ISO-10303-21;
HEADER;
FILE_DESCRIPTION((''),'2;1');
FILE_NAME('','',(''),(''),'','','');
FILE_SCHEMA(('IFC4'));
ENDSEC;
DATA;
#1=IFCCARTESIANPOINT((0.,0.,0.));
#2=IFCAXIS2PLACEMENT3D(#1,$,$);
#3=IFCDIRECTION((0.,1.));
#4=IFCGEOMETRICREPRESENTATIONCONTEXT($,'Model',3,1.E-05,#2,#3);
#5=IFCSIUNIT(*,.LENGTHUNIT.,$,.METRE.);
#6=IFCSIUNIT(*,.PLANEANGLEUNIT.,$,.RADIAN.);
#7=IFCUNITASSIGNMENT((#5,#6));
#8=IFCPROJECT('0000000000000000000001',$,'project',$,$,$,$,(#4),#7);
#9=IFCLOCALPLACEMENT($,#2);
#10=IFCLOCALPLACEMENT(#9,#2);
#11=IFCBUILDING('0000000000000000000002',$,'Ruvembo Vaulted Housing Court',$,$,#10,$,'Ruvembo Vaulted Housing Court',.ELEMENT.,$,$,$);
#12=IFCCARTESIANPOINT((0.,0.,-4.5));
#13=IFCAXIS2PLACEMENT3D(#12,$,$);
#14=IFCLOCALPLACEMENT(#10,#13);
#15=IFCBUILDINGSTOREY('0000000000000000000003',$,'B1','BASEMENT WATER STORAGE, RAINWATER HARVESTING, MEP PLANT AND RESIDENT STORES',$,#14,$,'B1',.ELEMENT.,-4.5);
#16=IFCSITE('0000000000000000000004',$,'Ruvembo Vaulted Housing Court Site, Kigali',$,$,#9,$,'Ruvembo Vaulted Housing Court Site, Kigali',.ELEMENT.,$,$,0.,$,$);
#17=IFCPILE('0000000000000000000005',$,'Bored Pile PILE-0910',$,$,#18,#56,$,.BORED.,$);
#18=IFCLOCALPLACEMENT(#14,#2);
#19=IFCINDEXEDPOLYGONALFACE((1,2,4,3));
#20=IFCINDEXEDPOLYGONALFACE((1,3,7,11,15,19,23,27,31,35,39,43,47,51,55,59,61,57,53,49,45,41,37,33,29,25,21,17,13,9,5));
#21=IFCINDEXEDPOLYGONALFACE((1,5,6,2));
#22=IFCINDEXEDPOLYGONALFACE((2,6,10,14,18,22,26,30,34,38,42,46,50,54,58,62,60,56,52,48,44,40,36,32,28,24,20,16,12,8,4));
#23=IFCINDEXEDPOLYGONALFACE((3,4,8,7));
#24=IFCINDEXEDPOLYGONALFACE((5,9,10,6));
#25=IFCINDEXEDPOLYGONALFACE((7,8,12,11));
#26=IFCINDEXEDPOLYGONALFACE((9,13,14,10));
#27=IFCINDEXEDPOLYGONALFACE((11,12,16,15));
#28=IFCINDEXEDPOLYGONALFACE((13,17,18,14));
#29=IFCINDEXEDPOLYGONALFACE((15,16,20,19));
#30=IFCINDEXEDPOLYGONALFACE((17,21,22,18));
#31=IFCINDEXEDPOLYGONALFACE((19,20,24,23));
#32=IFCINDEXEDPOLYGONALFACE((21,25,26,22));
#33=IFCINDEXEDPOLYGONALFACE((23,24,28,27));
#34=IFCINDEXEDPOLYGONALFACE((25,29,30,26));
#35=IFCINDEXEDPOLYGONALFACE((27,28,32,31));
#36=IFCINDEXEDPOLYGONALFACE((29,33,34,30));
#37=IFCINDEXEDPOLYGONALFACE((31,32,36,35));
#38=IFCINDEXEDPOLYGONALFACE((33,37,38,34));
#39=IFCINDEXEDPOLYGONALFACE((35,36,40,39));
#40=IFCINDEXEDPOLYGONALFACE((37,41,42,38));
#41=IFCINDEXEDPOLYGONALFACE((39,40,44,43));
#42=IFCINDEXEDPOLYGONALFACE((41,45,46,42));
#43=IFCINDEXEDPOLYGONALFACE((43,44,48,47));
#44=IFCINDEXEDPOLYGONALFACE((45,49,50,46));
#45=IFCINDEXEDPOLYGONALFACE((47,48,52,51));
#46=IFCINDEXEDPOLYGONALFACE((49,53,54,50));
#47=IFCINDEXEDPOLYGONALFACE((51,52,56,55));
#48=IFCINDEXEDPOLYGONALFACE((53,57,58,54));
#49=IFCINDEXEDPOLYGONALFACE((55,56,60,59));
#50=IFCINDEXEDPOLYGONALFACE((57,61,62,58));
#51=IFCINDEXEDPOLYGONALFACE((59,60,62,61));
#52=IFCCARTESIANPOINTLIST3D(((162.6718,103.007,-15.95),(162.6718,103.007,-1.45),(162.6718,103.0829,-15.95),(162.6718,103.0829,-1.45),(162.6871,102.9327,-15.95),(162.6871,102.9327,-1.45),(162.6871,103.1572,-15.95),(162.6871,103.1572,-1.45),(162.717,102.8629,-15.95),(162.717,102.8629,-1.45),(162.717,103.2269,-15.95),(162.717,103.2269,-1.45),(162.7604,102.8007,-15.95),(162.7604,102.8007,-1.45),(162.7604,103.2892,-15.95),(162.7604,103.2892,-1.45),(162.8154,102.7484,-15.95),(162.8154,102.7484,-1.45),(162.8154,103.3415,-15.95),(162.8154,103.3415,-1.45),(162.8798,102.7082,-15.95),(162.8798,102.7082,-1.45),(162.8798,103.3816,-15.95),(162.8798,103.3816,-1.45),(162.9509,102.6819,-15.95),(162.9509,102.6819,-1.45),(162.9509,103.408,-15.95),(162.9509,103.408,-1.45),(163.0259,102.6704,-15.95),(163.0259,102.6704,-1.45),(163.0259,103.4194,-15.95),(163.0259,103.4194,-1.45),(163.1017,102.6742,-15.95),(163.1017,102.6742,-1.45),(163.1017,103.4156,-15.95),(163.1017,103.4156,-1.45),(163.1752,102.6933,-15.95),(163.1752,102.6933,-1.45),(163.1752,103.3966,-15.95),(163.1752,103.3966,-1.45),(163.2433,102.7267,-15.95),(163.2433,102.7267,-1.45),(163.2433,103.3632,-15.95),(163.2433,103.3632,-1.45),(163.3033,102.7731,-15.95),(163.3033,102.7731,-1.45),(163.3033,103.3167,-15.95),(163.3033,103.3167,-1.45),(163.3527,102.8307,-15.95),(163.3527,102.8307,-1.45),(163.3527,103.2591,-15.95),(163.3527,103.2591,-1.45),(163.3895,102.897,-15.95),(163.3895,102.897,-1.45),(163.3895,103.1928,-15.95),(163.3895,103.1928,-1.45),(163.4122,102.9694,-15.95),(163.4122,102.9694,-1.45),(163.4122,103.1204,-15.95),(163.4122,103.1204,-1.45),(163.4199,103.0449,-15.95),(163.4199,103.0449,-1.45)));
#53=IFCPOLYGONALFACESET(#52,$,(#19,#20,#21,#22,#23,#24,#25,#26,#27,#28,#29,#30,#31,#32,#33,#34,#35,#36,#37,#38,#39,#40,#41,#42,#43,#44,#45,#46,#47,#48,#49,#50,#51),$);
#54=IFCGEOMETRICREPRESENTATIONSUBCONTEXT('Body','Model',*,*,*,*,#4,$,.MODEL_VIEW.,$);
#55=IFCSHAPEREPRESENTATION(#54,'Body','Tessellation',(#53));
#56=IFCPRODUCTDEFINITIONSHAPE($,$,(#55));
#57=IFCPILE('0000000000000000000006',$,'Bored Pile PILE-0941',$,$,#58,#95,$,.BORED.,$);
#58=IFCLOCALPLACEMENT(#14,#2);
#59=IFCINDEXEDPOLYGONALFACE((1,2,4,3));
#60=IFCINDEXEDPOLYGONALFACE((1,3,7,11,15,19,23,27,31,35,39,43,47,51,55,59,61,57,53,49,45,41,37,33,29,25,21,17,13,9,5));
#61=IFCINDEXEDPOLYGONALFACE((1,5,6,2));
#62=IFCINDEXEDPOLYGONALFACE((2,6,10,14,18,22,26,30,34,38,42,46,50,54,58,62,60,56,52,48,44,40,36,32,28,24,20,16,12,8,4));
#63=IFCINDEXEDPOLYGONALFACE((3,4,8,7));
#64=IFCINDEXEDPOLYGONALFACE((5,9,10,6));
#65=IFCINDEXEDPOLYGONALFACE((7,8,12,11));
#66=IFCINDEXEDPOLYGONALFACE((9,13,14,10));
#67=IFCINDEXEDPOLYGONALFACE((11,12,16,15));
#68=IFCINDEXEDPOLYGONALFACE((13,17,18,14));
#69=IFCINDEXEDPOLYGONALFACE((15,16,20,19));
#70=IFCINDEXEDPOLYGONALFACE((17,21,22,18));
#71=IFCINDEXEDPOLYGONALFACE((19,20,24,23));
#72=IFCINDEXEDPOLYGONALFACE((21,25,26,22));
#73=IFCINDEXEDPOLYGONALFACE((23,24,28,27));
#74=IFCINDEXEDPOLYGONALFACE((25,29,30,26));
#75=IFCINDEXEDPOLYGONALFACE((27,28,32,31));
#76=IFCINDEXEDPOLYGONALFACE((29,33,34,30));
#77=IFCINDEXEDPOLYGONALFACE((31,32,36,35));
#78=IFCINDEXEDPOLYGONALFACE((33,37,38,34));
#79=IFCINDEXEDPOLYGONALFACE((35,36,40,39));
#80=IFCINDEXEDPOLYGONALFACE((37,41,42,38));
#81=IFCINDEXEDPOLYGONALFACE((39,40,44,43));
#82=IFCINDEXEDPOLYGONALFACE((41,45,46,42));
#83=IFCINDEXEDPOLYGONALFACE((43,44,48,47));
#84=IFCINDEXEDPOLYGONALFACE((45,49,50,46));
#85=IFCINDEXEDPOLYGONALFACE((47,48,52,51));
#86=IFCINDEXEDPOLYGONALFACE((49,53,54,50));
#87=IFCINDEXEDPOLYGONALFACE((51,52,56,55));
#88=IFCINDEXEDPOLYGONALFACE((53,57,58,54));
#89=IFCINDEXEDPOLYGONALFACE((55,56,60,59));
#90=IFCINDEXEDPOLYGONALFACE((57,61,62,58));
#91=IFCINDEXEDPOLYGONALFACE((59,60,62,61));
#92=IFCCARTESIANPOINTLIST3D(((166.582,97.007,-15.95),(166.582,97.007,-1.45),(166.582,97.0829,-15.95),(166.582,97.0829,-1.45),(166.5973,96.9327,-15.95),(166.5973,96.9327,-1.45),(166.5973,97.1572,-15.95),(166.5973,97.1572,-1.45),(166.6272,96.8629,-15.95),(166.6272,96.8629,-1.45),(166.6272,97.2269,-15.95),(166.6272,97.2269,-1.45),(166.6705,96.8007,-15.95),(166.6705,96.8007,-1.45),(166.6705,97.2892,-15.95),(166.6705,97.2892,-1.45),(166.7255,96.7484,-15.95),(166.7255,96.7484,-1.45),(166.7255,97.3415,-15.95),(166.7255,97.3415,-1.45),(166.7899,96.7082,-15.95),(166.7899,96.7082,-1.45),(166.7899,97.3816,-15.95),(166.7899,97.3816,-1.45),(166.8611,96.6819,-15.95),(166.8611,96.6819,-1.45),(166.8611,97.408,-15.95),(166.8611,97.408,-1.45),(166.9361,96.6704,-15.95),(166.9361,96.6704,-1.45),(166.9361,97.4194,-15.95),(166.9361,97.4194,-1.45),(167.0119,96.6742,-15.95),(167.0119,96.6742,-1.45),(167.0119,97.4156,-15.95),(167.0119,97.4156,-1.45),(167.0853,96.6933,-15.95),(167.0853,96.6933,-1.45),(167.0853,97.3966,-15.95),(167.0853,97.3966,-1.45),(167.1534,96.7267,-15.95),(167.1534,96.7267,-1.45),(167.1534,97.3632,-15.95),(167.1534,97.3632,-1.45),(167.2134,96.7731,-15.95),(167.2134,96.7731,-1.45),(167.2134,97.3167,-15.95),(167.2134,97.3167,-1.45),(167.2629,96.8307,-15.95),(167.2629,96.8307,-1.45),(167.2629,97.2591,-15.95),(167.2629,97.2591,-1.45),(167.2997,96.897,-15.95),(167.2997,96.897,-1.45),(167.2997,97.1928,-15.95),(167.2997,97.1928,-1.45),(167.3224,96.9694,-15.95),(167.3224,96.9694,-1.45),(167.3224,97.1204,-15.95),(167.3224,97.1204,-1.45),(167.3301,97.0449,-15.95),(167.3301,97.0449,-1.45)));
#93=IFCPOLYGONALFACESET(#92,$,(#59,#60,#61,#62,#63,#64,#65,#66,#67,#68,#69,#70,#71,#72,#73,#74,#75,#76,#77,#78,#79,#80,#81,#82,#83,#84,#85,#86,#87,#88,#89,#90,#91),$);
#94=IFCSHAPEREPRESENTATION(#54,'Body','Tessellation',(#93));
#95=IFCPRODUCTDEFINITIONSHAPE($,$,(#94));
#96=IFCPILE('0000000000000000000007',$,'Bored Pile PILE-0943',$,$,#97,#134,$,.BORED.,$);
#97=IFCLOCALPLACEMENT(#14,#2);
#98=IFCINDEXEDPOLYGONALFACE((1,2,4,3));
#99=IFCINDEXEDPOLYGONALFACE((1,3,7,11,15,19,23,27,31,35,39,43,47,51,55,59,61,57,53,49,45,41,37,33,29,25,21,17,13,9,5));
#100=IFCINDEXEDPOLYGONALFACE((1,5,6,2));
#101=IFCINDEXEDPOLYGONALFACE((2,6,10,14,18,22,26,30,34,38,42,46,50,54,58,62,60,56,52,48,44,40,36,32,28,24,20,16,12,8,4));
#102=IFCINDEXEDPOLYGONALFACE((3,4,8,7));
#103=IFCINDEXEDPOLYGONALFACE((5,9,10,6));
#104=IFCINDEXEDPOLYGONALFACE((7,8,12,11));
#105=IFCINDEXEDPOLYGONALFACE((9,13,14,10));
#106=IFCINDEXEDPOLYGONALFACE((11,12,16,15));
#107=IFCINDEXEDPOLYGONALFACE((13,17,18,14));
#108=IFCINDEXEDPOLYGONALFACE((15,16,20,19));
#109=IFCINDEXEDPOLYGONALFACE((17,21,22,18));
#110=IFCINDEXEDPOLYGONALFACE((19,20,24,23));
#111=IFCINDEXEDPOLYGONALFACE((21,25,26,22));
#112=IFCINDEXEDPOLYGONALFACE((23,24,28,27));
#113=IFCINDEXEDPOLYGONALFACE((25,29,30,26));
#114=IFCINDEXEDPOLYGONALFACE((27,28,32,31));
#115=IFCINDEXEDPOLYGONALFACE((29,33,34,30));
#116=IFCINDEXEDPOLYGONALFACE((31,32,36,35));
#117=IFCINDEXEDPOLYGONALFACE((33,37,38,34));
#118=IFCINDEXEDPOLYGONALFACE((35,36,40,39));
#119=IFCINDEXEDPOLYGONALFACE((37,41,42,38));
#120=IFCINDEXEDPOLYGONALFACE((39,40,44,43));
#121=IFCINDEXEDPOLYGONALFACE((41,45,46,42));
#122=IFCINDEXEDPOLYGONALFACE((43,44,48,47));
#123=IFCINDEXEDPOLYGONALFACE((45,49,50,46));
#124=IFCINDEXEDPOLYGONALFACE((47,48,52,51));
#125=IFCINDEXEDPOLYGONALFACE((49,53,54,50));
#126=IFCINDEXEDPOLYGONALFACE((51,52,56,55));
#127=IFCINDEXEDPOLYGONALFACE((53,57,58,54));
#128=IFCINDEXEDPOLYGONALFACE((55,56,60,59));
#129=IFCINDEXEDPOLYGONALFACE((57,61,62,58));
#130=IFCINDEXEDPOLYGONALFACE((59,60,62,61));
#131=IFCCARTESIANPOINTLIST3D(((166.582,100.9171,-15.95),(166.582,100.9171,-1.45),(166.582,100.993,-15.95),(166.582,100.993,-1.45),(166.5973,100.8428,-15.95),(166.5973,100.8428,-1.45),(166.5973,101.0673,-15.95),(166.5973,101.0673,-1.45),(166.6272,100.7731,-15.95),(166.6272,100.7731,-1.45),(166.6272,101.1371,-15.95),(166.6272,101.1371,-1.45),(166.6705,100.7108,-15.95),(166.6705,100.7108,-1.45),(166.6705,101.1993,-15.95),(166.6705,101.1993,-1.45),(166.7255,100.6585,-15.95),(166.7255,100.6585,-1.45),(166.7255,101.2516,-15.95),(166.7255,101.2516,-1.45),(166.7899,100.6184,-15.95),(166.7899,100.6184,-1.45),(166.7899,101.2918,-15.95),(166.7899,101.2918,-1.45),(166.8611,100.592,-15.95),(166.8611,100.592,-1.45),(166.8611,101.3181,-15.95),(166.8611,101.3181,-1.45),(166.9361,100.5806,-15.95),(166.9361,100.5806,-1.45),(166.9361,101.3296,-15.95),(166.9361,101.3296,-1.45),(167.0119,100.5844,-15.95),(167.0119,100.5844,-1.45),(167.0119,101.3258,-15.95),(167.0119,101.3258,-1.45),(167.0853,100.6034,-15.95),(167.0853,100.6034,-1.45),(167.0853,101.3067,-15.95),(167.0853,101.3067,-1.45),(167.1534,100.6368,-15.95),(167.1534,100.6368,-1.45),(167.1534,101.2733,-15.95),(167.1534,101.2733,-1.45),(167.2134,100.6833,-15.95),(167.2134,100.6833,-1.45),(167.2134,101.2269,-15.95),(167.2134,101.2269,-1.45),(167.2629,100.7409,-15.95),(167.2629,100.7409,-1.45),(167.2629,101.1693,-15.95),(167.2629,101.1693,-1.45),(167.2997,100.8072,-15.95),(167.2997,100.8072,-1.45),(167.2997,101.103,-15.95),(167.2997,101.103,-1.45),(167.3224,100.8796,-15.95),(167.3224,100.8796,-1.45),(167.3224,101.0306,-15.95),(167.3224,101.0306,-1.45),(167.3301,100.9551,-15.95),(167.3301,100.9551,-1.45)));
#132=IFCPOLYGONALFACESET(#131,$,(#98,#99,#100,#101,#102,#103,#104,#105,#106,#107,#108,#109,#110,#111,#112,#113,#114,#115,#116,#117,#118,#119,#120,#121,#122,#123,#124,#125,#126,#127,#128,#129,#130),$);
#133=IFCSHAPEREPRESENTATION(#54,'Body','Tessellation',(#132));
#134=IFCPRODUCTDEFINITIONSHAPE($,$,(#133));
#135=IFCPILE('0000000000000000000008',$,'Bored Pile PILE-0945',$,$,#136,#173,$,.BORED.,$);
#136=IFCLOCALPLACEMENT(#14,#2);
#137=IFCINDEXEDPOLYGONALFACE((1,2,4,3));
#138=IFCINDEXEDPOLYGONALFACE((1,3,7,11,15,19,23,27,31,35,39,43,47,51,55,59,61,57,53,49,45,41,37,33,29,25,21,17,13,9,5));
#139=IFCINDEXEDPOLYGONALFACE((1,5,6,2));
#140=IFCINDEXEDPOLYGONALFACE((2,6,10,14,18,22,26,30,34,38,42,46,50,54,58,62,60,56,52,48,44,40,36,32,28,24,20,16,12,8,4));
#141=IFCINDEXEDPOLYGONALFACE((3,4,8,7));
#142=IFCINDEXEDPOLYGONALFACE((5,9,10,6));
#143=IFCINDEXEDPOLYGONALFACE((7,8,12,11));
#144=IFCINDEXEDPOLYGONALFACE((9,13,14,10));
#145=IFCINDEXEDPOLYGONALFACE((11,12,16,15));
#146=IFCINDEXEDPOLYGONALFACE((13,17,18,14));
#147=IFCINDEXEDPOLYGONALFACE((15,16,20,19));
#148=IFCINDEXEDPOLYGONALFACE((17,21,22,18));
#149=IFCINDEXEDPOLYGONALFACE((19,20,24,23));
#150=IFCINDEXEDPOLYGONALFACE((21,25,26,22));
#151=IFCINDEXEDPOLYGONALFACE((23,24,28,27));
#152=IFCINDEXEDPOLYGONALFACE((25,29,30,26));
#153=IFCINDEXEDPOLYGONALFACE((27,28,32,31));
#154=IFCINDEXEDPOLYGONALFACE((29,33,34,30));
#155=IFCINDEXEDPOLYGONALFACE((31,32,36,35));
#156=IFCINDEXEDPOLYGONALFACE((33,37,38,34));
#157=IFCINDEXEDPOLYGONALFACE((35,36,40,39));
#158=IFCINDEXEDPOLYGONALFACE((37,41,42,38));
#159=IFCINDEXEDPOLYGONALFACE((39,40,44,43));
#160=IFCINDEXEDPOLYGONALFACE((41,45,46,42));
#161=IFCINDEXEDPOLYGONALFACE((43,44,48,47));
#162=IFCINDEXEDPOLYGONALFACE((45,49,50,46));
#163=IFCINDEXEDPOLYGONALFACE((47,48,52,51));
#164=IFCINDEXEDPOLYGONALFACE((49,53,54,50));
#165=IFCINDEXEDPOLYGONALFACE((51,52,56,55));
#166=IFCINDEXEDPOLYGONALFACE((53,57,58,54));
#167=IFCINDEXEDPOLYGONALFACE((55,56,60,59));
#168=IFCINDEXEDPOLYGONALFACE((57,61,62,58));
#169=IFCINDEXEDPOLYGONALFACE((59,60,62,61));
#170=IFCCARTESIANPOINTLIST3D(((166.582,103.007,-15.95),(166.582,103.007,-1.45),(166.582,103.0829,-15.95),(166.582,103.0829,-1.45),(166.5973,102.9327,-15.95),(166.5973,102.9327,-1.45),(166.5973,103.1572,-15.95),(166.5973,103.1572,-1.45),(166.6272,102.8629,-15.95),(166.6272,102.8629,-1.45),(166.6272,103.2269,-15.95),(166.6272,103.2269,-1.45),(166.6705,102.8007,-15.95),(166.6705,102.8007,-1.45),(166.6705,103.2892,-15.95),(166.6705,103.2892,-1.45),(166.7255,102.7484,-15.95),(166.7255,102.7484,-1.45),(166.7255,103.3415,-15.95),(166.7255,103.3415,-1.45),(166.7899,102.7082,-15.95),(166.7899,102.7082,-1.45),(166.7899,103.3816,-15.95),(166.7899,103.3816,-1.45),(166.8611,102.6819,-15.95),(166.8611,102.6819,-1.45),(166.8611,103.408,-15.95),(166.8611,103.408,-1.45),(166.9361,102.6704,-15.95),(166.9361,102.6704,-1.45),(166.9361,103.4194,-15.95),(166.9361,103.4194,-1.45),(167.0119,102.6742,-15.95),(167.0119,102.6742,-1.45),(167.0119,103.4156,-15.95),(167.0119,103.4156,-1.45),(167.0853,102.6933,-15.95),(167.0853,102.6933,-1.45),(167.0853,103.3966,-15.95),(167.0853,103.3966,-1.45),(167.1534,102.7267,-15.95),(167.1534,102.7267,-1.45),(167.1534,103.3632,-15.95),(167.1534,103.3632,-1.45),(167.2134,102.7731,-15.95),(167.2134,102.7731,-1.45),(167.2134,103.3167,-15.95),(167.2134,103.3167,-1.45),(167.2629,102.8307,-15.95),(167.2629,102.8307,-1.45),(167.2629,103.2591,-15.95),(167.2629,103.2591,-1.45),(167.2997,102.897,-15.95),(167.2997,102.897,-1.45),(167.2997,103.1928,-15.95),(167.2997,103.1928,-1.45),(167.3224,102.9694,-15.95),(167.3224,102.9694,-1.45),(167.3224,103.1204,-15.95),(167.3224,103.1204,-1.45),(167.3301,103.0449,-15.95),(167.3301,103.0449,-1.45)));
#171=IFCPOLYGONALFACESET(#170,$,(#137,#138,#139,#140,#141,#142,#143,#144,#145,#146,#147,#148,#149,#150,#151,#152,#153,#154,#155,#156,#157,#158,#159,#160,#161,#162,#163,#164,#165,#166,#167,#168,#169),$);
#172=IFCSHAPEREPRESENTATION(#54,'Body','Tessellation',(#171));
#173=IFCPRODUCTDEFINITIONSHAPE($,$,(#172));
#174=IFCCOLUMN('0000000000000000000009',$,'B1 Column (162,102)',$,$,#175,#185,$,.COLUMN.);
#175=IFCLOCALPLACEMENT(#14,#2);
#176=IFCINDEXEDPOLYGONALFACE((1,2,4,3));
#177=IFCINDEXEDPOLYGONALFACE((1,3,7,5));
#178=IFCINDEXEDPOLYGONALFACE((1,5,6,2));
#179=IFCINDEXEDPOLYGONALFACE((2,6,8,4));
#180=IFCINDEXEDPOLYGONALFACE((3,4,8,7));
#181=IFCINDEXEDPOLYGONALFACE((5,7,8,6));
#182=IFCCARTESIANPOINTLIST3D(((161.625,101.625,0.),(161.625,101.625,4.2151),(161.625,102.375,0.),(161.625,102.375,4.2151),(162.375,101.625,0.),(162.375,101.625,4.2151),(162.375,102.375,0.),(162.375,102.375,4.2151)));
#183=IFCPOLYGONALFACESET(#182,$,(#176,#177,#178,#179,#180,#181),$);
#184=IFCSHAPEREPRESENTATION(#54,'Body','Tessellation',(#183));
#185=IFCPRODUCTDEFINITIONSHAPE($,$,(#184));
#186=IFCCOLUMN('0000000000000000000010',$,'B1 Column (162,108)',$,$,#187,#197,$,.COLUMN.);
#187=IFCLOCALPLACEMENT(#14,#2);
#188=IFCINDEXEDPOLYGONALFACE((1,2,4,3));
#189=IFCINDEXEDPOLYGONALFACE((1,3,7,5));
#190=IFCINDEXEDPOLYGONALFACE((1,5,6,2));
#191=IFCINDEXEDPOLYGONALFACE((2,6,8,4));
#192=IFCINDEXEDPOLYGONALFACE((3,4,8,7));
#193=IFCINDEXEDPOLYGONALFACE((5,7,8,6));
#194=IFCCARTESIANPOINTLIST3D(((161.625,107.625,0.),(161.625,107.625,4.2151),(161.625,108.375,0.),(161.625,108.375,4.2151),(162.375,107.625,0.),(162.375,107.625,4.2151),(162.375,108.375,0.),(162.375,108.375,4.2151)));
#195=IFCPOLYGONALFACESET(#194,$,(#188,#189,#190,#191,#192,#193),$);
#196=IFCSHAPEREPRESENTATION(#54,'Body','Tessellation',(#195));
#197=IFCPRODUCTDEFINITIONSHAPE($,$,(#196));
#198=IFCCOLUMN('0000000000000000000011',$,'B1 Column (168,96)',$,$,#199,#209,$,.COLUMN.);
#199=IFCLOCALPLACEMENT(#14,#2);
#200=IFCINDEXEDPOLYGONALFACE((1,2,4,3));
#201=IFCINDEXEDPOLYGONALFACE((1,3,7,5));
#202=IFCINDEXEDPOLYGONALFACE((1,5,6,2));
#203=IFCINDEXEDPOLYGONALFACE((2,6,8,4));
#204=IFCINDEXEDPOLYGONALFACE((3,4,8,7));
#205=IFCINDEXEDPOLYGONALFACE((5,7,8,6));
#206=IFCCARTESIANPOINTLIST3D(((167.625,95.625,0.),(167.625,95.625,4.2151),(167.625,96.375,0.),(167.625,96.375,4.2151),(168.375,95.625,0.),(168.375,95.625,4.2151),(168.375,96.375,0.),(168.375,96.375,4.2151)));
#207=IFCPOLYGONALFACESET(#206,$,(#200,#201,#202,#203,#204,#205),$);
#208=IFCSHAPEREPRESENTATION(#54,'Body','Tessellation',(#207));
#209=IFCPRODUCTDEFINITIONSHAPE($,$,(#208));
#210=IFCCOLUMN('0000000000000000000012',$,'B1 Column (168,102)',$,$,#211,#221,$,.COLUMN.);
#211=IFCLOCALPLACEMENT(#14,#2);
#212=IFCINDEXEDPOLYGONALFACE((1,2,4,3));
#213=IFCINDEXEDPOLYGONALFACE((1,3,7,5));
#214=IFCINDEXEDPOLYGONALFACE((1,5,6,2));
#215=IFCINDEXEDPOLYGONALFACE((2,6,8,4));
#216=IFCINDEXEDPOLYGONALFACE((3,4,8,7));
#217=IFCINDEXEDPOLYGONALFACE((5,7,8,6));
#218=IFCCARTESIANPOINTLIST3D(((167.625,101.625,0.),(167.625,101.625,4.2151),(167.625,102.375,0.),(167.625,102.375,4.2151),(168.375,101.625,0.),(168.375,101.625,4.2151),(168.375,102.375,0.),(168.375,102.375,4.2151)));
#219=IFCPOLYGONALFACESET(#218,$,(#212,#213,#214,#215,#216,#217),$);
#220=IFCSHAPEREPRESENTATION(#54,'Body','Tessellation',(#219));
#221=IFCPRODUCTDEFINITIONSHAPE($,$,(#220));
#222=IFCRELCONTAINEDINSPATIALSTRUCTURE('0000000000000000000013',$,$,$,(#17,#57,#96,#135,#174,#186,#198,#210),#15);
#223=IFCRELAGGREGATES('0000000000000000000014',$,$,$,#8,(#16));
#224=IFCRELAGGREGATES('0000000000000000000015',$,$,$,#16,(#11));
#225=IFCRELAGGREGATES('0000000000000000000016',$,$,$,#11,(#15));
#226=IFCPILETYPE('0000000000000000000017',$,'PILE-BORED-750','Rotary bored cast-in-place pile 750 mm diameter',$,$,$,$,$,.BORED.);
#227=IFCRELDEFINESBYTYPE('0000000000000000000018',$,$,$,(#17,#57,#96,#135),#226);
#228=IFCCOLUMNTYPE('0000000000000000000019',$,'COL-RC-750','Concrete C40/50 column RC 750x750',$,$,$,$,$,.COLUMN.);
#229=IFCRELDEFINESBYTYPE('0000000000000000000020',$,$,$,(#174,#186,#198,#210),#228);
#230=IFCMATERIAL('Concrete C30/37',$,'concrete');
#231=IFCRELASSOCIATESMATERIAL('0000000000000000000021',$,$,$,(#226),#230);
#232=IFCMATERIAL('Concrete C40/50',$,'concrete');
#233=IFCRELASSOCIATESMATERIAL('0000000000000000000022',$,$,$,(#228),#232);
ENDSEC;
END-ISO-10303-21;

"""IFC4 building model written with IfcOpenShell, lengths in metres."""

from ifc_helpers import new_model, si_unit, direction, frame, origin, origin_2d, place, context, subcontext, project, spatial, rectangle, circle, extrude, material, material_profile, profile_set, type_object, element, save


model = new_model("IFC4")

# Units and contexts
model_context = context("Model", 3, precision=1e-05, world=origin(), true_north=direction((0.0, 1.0)))
body_context = subcontext(model_context, "Body", "Model", "MODEL_VIEW")
ifc_project = project(units=[si_unit("LENGTHUNIT", "METRE"), si_unit("PLANEANGLEUNIT", "RADIAN")], contexts=[model_context])

# Site, building, storey
site_placement = place(None, origin())
site = spatial("IfcSite", under=ifc_project, at=site_placement, Name="Ruvembo Vaulted Housing Court Site, Kigali", LongName="Ruvembo Vaulted Housing Court Site, Kigali", CompositionType="ELEMENT", RefElevation=0.0)
building_placement = place(site_placement, origin())
building = spatial("IfcBuilding", under=site, at=building_placement, Name="Ruvembo Vaulted Housing Court", LongName="Ruvembo Vaulted Housing Court", CompositionType="ELEMENT")
storey_placement = place(building_placement, frame((0.0, 0.0, -4.5)))
storey = spatial("IfcBuildingStorey", under=building, at=storey_placement, Name="B1", Description="BASEMENT WATER STORAGE, RAINWATER HARVESTING, MEP PLANT AND RESIDENT STORES", LongName="B1", CompositionType="ELEMENT", Elevation=-4.5)

# Piles
ifc_material_1 = material(Name="Concrete C30/37", Category="concrete")
ifc_material_profile_1 = material_profile(ifc_material_1, circle(Radius=0.375, at=origin_2d()), Name="PILE D750")
ifc_profile_set_1 = profile_set([ifc_material_profile_1], Name="Concrete C30/37")
pile_type_1 = type_object("IfcPileType", Name="PILE-BORED-750", Description="Rotary bored cast-in-place pile 750 mm diameter", PredefinedType="BORED", material=ifc_profile_set_1)
for number, where, z_axis, x_axis, name in (
    (1, (163.0449, 103.0449, -1.45), (0.0, 0.0, -1.0), (1.0, 0.0, 0.0), "Bored Pile PILE-0910"),
    (2, (166.9551, 97.0449, -1.45), (0.0, 0.0, -1.0), (1.0, 0.0, 0.0), "Bored Pile PILE-0941"),
    (3, (166.9551, 100.9551, -1.45), (0.0, 0.0, -1.0), (1.0, 0.0, 0.0), "Bored Pile PILE-0943"),
    (4, (166.9551, 103.0449, -1.45), (0.0, 0.0, -1.0), (1.0, 0.0, 0.0), "Bored Pile PILE-0945"),
):
    element("IfcPile", number, at=place(storey_placement, frame(where, z_axis=z_axis, x_axis=x_axis)), inside=storey, type_object=pile_type_1, Name=name, PredefinedType="BORED", context=body_context, shape_type="SweptSolid", body=[
        extrude(circle(Radius=0.375, at=origin_2d()), origin(), (0.0, 0.0, 1.0), 14.5),
    ])

# Columns
ifc_material_2 = material(Name="Concrete C40/50", Category="concrete")
ifc_material_profile_2 = material_profile(ifc_material_2, rectangle(XDim=0.75, YDim=0.75, at=origin_2d()), Name="RC 750x750")
ifc_profile_set_2 = profile_set([ifc_material_profile_2], Name="Concrete C40/50")
column_type = type_object("IfcColumnType", Name="COL-RC-750", Description="Concrete C40/50 column RC 750x750", PredefinedType="COLUMN", material=ifc_profile_set_2)
for number, where, z_axis, x_axis, name in (
    (5, (162.0, 102.0, 0.0), (0.0, 0.0, 1.0), (1.0, 0.0, 0.0), "B1 Column (162,102)"),
    (6, (162.0, 108.0, 0.0), (0.0, 0.0, 1.0), (1.0, 0.0, 0.0), "B1 Column (162,108)"),
    (7, (168.0, 96.0, 0.0), (0.0, 0.0, 1.0), (1.0, 0.0, 0.0), "B1 Column (168,96)"),
    (8, (168.0, 102.0, 0.0), (0.0, 0.0, 1.0), (1.0, 0.0, 0.0), "B1 Column (168,102)"),
):
    element("IfcColumn", number, at=place(storey_placement, frame(where, z_axis=z_axis, x_axis=x_axis)), inside=storey, type_object=column_type, Name=name, PredefinedType="COLUMN", context=body_context, shape_type="SweptSolid", body=[
        extrude(rectangle(XDim=0.75, YDim=0.75, at=origin_2d()), origin(), (0.0, 0.0, 1.0), 4.2151),
    ])

save(model, "model.ifc")
